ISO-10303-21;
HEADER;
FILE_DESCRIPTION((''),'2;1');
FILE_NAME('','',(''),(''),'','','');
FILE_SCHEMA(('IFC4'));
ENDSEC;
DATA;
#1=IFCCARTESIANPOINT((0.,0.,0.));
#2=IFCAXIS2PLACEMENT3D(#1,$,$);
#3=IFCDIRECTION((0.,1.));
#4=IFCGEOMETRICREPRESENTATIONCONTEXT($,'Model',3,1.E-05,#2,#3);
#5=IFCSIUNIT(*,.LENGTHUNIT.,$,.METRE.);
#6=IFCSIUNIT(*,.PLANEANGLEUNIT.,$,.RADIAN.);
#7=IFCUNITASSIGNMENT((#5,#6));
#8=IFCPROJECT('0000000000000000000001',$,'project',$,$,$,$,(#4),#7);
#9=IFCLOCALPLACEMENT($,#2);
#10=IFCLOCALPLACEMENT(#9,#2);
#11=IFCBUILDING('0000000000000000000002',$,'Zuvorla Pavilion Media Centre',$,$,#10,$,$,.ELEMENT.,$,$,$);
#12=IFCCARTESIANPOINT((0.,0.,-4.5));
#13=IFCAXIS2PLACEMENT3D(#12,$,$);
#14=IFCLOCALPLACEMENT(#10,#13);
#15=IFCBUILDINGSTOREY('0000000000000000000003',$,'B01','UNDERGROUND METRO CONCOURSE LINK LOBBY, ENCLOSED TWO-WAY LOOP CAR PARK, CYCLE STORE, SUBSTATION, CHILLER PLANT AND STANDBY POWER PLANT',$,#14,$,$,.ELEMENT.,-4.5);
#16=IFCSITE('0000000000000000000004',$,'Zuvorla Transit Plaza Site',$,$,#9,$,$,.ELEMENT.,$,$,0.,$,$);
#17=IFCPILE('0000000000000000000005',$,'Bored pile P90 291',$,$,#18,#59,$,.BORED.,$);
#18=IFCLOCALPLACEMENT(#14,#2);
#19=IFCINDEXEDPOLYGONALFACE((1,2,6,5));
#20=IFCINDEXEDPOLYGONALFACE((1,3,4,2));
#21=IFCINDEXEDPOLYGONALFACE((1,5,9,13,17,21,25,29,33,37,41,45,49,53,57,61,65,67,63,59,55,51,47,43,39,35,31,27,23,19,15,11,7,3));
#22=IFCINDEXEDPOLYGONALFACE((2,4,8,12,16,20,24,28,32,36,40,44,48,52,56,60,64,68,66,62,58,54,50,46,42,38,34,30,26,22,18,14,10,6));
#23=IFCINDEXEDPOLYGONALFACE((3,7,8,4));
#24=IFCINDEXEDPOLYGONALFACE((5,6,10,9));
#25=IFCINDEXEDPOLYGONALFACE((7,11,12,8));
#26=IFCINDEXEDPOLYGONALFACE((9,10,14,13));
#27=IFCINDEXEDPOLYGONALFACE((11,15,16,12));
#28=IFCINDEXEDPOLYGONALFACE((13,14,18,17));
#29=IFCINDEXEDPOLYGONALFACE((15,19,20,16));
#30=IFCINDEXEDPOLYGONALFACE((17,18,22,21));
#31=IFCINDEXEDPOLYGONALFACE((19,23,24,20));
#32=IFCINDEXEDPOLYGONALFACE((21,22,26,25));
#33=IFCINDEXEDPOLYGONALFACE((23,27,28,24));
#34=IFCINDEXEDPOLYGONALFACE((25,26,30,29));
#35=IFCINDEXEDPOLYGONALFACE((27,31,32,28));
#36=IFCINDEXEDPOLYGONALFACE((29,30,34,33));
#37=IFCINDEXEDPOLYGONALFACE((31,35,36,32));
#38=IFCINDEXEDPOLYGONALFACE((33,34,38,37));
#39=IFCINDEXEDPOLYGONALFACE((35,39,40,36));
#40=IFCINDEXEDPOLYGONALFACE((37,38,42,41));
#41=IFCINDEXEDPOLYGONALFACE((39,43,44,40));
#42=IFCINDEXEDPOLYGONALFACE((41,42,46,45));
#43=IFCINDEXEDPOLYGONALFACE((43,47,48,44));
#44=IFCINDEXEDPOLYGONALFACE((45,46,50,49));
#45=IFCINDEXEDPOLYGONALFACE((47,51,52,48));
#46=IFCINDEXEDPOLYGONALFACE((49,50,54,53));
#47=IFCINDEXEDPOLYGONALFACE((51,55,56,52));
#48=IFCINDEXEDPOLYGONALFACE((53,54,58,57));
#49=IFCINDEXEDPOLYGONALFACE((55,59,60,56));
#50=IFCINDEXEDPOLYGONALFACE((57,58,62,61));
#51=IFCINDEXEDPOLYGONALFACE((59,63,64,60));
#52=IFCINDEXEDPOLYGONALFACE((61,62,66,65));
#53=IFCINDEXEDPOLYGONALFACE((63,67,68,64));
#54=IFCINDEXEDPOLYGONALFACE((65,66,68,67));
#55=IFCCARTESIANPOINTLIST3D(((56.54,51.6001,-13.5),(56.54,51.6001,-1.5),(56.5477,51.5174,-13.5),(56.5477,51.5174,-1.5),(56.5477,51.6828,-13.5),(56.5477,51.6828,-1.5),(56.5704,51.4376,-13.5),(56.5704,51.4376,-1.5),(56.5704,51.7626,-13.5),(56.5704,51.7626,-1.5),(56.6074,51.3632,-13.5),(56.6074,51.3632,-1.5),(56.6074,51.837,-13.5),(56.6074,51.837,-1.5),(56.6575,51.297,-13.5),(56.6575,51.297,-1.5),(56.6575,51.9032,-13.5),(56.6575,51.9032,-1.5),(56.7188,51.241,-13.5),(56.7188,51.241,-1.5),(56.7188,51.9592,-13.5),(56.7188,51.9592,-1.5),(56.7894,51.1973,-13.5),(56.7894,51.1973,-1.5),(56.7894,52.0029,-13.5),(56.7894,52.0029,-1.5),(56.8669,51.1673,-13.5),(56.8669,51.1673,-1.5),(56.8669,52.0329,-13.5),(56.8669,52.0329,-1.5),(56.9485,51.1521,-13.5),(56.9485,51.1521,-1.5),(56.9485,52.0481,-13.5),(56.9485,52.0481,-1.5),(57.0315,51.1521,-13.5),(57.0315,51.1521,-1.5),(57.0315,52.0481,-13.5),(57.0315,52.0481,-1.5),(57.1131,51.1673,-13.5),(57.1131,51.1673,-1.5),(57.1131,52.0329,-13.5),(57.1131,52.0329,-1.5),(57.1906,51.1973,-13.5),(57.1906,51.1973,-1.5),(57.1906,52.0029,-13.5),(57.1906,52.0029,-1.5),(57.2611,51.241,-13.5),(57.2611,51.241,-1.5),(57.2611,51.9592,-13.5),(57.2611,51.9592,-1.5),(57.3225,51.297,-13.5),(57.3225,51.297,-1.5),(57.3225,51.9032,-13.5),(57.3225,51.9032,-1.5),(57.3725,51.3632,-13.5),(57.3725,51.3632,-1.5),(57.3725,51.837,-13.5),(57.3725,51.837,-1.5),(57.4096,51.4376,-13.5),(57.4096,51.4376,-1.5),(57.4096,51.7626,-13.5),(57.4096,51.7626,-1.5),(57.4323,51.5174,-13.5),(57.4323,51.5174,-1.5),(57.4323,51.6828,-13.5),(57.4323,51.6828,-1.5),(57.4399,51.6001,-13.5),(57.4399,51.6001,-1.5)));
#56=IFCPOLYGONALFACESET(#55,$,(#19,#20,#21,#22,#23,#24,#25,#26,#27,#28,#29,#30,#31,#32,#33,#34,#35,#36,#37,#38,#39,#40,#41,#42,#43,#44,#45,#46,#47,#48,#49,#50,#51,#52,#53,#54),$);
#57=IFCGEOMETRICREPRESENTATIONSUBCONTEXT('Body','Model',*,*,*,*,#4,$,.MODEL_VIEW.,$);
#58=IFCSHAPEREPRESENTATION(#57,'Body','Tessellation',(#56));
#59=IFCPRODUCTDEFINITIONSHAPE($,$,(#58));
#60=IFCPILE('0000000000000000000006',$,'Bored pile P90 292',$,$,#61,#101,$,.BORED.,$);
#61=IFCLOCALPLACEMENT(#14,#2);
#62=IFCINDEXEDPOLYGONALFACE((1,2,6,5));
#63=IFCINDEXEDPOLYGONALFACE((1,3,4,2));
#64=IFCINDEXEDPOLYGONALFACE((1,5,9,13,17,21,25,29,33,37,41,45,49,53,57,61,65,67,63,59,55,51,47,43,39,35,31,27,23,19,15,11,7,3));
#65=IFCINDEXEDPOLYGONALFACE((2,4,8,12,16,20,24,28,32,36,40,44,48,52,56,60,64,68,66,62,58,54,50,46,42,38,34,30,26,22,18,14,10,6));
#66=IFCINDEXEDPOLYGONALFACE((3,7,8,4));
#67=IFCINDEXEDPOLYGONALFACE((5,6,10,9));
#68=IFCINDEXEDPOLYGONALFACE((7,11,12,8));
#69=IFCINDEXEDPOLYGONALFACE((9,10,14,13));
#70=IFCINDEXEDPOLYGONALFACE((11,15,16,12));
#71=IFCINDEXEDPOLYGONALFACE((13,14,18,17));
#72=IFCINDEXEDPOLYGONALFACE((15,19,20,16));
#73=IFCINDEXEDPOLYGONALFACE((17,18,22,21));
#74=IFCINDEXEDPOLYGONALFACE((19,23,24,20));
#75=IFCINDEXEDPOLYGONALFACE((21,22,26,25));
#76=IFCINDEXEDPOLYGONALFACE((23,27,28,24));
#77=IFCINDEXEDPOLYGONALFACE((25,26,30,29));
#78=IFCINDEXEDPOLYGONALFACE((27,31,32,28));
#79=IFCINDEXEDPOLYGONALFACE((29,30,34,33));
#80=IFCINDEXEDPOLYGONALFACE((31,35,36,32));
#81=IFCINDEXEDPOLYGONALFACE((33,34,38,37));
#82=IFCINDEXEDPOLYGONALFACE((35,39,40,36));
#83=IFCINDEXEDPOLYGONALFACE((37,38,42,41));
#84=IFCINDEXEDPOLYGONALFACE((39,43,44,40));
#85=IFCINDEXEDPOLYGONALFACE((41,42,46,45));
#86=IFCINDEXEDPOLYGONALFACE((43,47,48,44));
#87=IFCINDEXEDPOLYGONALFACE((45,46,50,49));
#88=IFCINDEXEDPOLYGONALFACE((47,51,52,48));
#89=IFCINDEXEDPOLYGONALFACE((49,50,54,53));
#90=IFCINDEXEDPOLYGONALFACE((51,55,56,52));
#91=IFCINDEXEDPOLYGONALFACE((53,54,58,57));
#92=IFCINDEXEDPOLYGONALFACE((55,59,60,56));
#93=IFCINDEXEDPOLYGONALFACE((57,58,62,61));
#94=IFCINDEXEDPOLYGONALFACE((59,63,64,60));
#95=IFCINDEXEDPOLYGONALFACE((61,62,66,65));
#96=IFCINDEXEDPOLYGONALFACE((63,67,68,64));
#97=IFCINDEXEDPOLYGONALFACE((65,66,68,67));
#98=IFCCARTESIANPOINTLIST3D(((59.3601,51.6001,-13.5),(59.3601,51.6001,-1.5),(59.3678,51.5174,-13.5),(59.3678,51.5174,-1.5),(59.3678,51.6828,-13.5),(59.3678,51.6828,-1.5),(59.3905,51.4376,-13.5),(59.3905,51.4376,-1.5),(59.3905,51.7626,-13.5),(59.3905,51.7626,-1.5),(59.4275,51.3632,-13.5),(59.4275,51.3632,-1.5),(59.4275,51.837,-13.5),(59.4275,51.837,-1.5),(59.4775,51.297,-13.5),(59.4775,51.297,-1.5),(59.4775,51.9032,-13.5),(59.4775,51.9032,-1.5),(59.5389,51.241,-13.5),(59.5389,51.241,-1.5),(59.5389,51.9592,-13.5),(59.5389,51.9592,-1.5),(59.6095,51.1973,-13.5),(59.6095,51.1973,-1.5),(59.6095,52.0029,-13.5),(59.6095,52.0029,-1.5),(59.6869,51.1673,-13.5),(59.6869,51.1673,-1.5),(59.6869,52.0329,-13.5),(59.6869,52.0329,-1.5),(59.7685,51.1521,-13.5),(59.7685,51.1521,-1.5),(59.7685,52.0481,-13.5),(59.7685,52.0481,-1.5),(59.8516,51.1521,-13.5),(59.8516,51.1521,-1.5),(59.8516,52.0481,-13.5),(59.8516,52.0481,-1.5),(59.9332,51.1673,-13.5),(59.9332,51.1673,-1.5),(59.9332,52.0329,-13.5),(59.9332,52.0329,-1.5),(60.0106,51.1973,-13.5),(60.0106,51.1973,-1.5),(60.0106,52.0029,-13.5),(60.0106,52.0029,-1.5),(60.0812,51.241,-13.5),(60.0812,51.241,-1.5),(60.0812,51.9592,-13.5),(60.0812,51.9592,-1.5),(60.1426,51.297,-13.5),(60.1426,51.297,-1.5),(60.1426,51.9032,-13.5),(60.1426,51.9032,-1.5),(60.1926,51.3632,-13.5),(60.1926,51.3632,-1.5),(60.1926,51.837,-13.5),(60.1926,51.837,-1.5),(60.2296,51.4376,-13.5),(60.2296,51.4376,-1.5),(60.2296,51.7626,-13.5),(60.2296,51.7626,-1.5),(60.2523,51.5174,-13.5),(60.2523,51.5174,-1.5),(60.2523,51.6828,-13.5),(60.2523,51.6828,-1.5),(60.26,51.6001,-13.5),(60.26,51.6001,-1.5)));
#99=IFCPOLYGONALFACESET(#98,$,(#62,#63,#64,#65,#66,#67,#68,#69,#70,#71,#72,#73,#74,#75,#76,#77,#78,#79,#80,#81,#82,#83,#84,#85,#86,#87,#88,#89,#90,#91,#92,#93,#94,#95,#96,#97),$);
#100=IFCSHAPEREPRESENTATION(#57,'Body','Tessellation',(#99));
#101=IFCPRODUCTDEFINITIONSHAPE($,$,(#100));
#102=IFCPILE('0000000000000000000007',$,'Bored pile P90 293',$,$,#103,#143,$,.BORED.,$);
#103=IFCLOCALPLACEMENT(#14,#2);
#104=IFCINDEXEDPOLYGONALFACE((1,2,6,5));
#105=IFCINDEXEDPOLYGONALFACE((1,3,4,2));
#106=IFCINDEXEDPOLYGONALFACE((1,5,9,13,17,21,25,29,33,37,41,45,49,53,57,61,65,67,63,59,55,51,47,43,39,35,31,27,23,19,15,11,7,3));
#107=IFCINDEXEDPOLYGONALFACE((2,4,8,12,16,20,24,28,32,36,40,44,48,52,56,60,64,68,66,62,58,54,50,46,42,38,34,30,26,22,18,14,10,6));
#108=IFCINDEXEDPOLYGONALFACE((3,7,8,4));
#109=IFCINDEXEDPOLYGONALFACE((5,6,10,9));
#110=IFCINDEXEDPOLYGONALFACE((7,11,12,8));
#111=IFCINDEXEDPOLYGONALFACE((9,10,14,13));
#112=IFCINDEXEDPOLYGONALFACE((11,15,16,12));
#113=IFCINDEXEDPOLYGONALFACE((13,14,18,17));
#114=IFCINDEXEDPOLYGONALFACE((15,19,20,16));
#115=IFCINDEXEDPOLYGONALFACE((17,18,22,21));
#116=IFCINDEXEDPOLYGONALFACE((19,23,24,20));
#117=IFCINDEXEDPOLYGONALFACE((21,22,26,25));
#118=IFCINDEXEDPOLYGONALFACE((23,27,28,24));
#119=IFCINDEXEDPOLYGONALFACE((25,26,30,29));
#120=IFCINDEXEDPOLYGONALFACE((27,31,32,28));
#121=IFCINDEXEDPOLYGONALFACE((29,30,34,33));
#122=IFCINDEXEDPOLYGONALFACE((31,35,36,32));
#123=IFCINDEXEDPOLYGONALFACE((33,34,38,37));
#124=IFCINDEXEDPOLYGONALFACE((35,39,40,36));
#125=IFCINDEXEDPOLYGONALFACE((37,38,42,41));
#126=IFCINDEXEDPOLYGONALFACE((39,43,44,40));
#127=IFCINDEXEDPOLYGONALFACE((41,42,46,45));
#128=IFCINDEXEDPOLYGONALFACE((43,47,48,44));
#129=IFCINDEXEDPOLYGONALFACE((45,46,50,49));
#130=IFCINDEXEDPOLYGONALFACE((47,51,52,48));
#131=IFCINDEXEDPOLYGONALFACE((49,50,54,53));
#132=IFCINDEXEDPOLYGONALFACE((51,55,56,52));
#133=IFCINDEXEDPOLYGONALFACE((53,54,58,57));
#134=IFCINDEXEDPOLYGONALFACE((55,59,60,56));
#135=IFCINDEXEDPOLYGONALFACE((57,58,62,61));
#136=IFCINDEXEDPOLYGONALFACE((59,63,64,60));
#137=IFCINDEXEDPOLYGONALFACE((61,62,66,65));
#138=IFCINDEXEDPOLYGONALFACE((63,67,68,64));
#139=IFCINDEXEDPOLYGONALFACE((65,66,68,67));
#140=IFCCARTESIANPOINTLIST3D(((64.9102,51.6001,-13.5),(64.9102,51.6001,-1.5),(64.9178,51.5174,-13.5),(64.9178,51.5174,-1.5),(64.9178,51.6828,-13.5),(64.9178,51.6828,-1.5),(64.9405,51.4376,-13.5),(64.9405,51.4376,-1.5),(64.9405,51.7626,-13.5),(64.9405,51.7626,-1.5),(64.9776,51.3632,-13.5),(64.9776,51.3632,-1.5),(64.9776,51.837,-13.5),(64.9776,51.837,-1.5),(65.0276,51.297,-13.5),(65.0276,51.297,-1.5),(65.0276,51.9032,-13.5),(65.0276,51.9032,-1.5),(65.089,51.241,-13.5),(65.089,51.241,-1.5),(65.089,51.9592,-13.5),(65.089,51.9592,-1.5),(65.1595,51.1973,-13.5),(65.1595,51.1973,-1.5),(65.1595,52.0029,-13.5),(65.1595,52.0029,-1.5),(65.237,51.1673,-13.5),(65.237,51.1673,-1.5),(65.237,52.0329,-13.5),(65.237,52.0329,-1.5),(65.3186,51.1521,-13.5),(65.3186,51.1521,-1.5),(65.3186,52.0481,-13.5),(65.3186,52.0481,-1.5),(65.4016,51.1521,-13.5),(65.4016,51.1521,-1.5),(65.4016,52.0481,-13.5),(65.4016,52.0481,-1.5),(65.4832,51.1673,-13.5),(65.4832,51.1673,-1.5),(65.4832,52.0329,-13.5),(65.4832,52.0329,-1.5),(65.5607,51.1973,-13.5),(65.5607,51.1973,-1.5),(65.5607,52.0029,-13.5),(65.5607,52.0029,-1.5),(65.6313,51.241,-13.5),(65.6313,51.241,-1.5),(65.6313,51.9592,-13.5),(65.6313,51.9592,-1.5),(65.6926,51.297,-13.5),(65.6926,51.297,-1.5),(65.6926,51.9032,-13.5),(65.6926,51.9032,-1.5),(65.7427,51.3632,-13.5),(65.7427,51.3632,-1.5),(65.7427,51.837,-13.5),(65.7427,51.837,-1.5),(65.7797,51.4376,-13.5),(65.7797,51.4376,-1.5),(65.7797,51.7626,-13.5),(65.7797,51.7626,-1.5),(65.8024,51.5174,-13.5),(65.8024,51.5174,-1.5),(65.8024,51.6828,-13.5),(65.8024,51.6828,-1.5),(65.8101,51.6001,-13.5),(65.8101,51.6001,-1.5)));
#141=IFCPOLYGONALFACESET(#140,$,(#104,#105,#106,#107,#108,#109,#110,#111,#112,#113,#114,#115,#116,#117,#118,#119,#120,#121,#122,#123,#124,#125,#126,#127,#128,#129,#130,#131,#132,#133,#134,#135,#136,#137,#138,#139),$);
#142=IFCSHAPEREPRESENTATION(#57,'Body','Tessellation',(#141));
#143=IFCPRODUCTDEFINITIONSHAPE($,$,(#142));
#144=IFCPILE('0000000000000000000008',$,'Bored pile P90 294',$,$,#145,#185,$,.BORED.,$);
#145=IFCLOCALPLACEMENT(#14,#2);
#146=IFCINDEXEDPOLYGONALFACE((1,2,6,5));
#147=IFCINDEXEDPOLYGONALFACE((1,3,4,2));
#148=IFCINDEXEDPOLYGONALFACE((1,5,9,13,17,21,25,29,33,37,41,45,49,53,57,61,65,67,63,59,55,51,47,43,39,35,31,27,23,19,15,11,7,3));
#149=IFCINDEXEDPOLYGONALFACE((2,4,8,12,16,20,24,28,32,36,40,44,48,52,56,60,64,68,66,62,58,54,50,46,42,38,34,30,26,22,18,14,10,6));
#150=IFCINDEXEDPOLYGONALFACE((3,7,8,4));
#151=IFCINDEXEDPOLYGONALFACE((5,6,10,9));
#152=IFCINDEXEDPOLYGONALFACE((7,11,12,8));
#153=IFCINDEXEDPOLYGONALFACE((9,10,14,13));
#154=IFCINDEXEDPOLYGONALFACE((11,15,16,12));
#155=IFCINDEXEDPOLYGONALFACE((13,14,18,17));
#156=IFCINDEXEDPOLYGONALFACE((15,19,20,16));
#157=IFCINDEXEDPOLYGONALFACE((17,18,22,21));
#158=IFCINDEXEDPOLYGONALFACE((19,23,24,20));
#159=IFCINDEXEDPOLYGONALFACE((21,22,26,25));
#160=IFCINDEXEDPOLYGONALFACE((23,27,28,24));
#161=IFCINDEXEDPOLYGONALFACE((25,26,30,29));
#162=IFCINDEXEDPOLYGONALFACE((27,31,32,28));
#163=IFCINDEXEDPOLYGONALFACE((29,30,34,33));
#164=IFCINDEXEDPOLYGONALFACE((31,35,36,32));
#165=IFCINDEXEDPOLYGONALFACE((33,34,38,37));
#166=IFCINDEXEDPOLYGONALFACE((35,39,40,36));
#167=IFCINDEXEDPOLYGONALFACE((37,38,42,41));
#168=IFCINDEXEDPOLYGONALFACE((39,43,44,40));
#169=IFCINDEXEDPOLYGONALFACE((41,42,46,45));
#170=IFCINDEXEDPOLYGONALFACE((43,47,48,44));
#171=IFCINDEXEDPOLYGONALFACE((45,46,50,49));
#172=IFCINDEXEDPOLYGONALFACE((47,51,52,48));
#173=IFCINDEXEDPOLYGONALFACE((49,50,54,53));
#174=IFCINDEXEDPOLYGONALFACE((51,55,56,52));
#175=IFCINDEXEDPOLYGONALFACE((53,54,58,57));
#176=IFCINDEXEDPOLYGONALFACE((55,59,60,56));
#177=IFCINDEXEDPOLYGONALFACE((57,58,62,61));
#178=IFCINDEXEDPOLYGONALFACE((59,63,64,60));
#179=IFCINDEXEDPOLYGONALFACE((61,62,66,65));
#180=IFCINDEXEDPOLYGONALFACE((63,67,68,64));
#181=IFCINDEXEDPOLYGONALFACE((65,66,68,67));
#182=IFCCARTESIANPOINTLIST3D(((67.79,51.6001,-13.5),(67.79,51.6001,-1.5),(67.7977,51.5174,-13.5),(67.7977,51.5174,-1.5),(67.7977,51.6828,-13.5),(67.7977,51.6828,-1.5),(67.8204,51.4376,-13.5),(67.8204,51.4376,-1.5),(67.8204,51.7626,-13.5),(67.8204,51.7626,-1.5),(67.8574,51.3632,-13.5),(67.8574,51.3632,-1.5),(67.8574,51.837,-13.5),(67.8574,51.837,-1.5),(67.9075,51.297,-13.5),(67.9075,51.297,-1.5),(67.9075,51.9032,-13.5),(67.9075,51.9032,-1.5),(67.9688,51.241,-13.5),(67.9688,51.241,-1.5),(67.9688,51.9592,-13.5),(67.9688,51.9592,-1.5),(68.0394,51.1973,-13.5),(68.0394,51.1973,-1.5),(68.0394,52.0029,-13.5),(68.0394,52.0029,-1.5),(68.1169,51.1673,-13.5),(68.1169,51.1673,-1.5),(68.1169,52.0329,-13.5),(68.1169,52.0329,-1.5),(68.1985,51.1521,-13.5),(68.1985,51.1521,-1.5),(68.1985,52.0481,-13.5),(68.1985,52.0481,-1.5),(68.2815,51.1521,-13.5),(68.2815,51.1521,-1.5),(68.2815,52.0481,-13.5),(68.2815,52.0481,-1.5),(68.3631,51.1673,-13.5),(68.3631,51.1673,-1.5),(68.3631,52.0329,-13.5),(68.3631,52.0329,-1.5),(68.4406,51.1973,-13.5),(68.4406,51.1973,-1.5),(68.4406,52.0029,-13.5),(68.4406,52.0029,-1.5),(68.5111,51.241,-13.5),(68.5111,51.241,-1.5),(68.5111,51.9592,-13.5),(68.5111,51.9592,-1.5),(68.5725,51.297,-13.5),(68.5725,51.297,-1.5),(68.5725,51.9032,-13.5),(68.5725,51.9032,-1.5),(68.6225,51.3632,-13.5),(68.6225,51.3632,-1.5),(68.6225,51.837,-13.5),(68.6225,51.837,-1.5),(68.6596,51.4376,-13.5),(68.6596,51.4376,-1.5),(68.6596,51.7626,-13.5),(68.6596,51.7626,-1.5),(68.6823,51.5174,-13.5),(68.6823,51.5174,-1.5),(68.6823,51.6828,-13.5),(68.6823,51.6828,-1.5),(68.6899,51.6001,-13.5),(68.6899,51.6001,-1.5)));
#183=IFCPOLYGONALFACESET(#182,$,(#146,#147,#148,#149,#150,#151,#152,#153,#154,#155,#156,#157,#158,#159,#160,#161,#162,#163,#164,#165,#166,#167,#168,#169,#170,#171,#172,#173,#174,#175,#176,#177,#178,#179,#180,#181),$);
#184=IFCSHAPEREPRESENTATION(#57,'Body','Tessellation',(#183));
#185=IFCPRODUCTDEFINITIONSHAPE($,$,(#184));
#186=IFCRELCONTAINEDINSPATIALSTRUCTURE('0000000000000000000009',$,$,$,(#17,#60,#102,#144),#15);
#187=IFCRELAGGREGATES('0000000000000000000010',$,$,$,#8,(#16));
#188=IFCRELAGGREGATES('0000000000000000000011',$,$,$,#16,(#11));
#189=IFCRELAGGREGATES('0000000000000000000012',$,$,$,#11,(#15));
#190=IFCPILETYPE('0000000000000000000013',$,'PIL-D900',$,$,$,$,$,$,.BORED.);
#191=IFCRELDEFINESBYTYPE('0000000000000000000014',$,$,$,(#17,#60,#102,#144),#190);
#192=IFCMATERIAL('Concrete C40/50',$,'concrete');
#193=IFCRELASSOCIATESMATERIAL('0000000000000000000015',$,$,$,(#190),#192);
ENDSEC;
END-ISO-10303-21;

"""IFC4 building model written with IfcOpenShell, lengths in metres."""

from ifc_helpers import new_model, si_unit, direction, frame, origin, origin_2d, place, context, subcontext, project, spatial, circle, extrude, material, material_profile, profile_set, type_object, element, save


model = new_model("IFC4")

# Units and contexts
model_context = context("Model", 3, precision=1e-05, world=origin(), true_north=direction((0.0, 1.0)))
body_context = subcontext(model_context, "Body", "Model", "MODEL_VIEW")
ifc_project = project(units=[si_unit("LENGTHUNIT", "METRE"), si_unit("PLANEANGLEUNIT", "RADIAN")], contexts=[model_context])

# Site, building, storey
site_placement = place(None, origin())
site = spatial("IfcSite", under=ifc_project, at=site_placement, Name="Zuvorla Transit Plaza Site", CompositionType="ELEMENT", RefElevation=0.0)
building_placement = place(site_placement, origin())
building = spatial("IfcBuilding", under=site, at=building_placement, Name="Zuvorla Pavilion Media Centre", CompositionType="ELEMENT")
storey_placement = place(building_placement, frame((0.0, 0.0, -4.5)))
storey = spatial("IfcBuildingStorey", under=building, at=storey_placement, Name="B01", Description="UNDERGROUND METRO CONCOURSE LINK LOBBY, ENCLOSED TWO-WAY LOOP CAR PARK, CYCLE STORE, SUBSTATION, CHILLER PLANT AND STANDBY POWER PLANT", CompositionType="ELEMENT", Elevation=-4.5)

# Shared definitions
ifc_material = material(Name="Concrete C40/50", Category="concrete")

# Piles
ifc_material_profile_1 = material_profile(ifc_material, circle(Radius=0.45, at=origin_2d()), Name="BORED PILE 900")
ifc_profile_set_1 = profile_set([ifc_material_profile_1], Name="Concrete C40/50")
pile_type = type_object("IfcPileType", Name="PIL-D900", PredefinedType="BORED", material=ifc_profile_set_1)
for number, where, z_axis, x_axis, name in (
    (1, (56.99, 51.6001, -1.5), (0.0, 0.0, -1.0), (1.0, 0.0, 0.0), "Bored pile P90 291"),
    (2, (59.8101, 51.6001, -1.5), (0.0, 0.0, -1.0), (1.0, 0.0, 0.0), "Bored pile P90 292"),
    (3, (65.3601, 51.6001, -1.5), (0.0, 0.0, -1.0), (1.0, 0.0, 0.0), "Bored pile P90 293"),
    (4, (68.24, 51.6001, -1.5), (0.0, 0.0, -1.0), (1.0, 0.0, 0.0), "Bored pile P90 294"),
):
    element("IfcPile", number, at=place(storey_placement, frame(where, z_axis=z_axis, x_axis=x_axis)), inside=storey, type_object=pile_type, Name=name, PredefinedType="BORED", context=body_context, shape_type="SweptSolid", body=[
        extrude(circle(Radius=0.45, at=origin_2d()), origin(), (0.0, 0.0, 1.0), 12.0),
    ])

save(model, "model.ifc")
